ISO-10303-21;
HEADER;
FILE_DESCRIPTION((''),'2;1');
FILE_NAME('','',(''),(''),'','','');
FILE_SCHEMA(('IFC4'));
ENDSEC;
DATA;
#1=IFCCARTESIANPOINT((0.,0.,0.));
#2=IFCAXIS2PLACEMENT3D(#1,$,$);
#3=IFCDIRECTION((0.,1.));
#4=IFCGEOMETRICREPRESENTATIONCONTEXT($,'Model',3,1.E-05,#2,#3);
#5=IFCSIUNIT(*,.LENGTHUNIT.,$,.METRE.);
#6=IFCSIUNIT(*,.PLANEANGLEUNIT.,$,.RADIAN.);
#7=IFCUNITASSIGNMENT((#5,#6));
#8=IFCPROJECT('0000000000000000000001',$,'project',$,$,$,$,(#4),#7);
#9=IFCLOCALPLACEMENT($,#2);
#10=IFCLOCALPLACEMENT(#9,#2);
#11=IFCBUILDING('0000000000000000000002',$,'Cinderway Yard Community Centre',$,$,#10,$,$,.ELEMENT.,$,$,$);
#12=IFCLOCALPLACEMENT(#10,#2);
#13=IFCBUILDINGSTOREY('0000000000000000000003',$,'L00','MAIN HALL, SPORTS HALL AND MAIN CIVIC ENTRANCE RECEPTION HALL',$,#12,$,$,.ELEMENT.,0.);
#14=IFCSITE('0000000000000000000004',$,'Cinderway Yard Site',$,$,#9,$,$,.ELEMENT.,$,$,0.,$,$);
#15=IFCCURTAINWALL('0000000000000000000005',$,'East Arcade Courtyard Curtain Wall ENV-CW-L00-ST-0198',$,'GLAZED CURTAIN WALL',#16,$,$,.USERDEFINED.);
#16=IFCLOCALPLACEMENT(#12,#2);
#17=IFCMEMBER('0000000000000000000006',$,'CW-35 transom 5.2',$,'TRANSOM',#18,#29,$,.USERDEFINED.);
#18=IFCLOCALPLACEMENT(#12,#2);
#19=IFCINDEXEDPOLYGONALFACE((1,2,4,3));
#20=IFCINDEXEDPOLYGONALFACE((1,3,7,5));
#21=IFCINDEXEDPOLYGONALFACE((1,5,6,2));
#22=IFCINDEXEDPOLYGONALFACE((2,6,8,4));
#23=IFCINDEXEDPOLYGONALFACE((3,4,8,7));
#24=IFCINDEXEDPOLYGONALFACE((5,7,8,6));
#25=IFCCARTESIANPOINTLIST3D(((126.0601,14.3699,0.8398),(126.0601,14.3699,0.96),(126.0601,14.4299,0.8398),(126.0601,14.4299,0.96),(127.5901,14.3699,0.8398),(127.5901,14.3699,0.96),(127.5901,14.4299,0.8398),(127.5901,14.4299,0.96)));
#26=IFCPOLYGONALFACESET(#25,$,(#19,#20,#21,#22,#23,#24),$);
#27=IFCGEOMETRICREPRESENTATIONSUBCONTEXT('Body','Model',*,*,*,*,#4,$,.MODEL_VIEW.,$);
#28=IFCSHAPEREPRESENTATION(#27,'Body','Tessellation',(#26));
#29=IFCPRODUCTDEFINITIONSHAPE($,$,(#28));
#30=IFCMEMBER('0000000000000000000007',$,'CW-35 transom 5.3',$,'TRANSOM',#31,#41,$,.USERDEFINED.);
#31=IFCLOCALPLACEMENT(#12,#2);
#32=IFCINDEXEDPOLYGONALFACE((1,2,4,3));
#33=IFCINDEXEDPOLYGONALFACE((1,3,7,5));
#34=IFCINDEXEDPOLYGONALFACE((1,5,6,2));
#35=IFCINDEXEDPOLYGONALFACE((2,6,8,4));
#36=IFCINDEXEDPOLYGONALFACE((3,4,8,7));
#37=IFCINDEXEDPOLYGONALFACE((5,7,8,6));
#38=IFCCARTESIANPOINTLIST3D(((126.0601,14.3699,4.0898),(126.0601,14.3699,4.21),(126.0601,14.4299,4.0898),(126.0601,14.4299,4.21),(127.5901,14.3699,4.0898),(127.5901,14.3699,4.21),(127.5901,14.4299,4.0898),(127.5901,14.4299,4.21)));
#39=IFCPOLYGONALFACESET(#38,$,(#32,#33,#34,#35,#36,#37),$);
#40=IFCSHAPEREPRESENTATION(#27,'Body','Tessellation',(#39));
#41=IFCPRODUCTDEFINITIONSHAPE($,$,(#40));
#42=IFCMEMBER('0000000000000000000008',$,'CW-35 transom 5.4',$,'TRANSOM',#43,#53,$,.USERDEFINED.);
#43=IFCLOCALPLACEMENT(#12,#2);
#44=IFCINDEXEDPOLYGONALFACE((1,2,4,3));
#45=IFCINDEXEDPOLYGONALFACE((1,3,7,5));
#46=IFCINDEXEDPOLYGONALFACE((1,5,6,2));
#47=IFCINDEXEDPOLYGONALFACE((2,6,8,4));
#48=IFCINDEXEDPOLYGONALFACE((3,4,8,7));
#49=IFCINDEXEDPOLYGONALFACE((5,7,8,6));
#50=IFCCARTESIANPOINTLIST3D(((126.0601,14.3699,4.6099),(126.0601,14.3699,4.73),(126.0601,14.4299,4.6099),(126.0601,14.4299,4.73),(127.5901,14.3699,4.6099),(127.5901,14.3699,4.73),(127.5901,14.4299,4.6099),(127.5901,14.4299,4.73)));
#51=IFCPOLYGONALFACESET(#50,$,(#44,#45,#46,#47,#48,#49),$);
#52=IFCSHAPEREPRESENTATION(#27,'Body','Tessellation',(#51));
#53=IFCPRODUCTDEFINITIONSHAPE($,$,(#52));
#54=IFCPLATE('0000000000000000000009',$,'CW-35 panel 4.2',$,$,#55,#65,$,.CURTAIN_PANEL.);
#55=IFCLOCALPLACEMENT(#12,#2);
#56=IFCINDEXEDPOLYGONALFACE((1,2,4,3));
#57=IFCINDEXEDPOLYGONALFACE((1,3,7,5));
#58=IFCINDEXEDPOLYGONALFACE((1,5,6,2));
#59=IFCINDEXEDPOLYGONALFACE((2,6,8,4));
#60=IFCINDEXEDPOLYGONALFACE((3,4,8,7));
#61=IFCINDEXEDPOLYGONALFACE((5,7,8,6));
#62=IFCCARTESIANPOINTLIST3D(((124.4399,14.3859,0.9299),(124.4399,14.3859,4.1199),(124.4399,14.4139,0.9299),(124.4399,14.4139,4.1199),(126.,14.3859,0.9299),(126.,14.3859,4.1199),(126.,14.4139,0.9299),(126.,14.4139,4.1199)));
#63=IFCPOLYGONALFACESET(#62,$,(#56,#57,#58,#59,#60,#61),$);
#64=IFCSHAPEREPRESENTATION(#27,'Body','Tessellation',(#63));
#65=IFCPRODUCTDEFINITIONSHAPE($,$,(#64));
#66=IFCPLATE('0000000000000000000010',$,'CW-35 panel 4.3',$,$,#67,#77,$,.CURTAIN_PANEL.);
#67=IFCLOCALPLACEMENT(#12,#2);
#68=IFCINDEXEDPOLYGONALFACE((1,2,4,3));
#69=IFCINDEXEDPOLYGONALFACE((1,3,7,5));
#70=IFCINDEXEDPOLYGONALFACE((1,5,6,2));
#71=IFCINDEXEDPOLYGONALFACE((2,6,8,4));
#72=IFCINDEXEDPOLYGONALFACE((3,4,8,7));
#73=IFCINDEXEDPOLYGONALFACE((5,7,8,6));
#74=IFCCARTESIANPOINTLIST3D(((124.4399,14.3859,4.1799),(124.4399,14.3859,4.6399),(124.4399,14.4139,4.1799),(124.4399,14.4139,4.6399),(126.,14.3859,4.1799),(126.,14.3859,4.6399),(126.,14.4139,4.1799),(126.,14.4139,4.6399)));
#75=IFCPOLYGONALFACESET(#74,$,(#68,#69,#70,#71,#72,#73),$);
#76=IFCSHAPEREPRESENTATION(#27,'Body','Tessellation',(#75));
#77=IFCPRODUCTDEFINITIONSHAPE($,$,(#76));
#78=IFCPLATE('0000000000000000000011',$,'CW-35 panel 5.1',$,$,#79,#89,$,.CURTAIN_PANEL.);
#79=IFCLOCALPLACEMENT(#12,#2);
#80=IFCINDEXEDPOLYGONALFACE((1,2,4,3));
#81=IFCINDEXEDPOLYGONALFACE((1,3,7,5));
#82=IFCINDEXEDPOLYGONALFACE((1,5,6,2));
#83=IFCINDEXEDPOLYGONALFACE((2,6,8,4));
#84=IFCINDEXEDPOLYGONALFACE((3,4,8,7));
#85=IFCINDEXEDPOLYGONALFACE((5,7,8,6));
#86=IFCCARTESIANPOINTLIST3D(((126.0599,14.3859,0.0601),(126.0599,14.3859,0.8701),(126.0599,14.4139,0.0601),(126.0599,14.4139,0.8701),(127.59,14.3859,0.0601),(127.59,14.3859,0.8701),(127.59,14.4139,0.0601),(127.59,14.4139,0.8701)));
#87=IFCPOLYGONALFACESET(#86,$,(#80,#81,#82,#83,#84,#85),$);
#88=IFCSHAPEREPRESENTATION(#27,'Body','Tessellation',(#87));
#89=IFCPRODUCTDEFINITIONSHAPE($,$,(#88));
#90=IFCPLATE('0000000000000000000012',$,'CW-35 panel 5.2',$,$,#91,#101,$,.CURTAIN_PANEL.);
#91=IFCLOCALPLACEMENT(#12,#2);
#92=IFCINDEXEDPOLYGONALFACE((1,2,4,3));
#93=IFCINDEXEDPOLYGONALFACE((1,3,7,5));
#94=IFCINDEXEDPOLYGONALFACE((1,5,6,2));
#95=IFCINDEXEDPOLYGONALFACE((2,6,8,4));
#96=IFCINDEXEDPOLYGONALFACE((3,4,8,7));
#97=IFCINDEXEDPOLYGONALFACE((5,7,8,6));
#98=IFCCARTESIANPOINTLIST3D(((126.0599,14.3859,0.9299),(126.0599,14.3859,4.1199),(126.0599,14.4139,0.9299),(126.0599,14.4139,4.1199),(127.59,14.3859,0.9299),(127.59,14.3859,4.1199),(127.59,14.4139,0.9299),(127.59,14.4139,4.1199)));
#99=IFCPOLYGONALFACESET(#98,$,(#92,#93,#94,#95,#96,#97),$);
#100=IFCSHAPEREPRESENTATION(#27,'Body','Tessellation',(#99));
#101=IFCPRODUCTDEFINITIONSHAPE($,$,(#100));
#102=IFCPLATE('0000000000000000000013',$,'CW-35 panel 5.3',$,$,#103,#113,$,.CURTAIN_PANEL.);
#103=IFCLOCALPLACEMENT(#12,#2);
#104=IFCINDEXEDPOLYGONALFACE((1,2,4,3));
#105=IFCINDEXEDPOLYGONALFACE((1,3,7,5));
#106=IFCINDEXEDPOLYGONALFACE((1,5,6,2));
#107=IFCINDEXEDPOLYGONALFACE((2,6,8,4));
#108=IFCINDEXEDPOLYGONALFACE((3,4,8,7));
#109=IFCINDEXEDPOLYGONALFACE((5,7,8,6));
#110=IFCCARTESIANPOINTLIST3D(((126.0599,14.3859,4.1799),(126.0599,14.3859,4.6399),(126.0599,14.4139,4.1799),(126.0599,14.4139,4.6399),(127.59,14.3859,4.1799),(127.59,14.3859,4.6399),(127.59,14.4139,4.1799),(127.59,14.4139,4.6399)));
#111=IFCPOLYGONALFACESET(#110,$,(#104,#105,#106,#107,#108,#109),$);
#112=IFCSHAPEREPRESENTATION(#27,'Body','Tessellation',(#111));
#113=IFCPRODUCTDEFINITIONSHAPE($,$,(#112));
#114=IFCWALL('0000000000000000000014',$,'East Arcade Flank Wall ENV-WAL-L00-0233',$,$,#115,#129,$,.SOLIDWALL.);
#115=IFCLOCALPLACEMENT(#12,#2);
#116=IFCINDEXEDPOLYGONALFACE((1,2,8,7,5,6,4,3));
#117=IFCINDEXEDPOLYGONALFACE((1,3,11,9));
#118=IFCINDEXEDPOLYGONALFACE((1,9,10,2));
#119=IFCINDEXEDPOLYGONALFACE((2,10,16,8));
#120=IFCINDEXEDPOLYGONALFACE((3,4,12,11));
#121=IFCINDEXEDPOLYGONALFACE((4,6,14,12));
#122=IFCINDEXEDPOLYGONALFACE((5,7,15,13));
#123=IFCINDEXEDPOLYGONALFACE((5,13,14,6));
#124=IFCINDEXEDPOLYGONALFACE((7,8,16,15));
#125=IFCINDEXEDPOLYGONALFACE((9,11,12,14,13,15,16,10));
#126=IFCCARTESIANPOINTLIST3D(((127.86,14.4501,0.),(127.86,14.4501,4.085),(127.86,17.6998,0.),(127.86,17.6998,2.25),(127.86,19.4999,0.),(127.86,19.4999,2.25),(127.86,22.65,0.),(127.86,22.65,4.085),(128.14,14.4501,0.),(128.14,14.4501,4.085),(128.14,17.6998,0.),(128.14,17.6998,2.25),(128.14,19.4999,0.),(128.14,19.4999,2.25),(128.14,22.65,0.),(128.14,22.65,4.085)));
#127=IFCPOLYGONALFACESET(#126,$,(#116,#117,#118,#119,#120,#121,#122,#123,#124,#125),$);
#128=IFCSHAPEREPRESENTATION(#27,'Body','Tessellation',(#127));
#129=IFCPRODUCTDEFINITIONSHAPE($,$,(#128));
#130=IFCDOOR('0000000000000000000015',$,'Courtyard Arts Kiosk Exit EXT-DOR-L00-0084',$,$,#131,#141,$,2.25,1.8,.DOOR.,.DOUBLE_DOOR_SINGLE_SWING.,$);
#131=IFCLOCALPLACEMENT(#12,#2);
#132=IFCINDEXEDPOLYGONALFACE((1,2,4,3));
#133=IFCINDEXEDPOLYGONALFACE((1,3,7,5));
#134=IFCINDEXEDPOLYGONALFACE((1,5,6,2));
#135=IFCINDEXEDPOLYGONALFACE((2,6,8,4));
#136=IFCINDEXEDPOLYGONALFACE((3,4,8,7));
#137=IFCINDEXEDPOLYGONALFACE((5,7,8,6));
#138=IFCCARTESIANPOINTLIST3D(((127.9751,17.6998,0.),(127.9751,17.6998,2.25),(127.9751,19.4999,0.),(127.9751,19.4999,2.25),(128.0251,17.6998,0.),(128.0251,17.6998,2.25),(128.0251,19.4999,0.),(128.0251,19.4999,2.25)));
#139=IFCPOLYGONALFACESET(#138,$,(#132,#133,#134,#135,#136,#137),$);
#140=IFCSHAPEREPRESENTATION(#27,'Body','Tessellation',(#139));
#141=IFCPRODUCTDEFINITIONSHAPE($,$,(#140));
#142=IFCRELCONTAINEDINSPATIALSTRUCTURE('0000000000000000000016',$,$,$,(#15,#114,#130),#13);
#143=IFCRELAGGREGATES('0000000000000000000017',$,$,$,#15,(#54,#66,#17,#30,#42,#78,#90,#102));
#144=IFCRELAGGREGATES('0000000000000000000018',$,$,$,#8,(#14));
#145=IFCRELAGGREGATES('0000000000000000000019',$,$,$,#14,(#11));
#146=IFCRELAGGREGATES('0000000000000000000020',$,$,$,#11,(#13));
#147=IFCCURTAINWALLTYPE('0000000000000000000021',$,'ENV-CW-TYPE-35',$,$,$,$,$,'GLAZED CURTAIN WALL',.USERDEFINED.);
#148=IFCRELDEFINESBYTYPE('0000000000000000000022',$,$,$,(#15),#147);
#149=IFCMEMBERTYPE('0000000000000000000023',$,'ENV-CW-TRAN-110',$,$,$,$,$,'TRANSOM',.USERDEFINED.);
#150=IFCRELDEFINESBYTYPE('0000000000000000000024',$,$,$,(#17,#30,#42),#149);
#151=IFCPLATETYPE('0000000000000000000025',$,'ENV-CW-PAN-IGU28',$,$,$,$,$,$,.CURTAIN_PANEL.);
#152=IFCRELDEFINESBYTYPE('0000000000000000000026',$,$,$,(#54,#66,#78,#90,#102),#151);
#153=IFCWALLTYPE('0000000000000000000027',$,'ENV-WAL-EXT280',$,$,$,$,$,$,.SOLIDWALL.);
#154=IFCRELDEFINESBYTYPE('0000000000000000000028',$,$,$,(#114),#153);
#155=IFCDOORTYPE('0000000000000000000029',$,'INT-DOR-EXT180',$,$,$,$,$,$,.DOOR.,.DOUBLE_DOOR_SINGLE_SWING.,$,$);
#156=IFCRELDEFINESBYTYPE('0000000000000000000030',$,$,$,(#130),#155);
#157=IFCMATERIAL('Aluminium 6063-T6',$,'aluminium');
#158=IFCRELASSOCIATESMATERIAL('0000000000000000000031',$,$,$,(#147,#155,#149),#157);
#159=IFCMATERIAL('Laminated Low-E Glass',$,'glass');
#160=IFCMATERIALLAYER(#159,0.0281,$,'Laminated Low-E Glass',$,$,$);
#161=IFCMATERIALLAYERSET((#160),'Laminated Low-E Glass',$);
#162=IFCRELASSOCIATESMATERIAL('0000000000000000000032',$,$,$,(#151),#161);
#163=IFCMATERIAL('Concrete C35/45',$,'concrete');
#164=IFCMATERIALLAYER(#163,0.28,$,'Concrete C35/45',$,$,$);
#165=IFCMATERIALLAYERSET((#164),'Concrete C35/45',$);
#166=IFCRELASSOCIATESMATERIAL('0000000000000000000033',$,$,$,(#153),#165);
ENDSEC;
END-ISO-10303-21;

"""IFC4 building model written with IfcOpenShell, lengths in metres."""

from ifc_helpers import new_model, si_unit, direction, frame, frame_2d, origin, origin_2d, place, context, subcontext, project, spatial, rectangle, extrude, material, layer, layer_set, material_profile, profile_set, type_object, element, fill, aggregate, save


model = new_model("IFC4")

# Units and contexts
model_context = context("Model", 3, precision=1e-05, world=origin(), true_north=direction((0.0, 1.0)))
body_context = subcontext(model_context, "Body", "Model", "MODEL_VIEW")
ifc_project = project(units=[si_unit("LENGTHUNIT", "METRE"), si_unit("PLANEANGLEUNIT", "RADIAN")], contexts=[model_context])

# Site, building, storey
site_placement = place(None, origin())
site = spatial("IfcSite", under=ifc_project, at=site_placement, Name="Cinderway Yard Site", CompositionType="ELEMENT", RefElevation=0.0)
building_placement = place(site_placement, origin())
building = spatial("IfcBuilding", under=site, at=building_placement, Name="Cinderway Yard Community Centre", CompositionType="ELEMENT")
storey_placement = place(building_placement, origin())
storey = spatial("IfcBuildingStorey", under=building, at=storey_placement, Name="L00", Description="MAIN HALL, SPORTS HALL AND MAIN CIVIC ENTRANCE RECEPTION HALL", CompositionType="ELEMENT", Elevation=0.0)

# Curtain wall
ifc_material_1 = material(Name="Aluminium 6063-T6", Category="aluminium")
curtain_wall_type = type_object("IfcCurtainWallType", Name="ENV-CW-TYPE-35", ElementType="GLAZED CURTAIN WALL", PredefinedType="USERDEFINED", material=ifc_material_1)
curtain_wall_1_placement = place(storey_placement, origin())
curtain_wall_1 = element("IfcCurtainWall", 1, at=curtain_wall_1_placement, inside=storey, type_object=curtain_wall_type, Name="East Arcade Courtyard Curtain Wall ENV-CW-L00-ST-0198", ObjectType="GLAZED CURTAIN WALL", PredefinedType="USERDEFINED")

# Members
ifc_material_profile_1 = material_profile(ifc_material_1, rectangle(XDim=0.0601, YDim=0.1201, at=origin_2d()), Name="Aluminium 6063-T6")
ifc_profile_set_1 = profile_set([ifc_material_profile_1], Name="Aluminium 6063-T6")
member_type_1 = type_object("IfcMemberType", Name="ENV-CW-TRAN-110", ElementType="TRANSOM", PredefinedType="USERDEFINED", material=ifc_profile_set_1)
member_1_placement = place(storey_placement, frame((126.0601, 14.3999, 0.8999), z_axis=(1.0, 0.0, 0.0), x_axis=(0.0, 1.0, 0.0)))
member_1 = element("IfcMember", 2, at=member_1_placement, type_object=member_type_1, Name="CW-35 transom 5.2", ObjectType="TRANSOM", PredefinedType="USERDEFINED", context=body_context, shape_type="SweptSolid", body=[
    extrude(rectangle(XDim=0.0601, YDim=0.1201, at=origin_2d()), origin(), (0.0, 0.0, 1.0), 1.53),
])
member_2_placement = place(storey_placement, frame((126.0601, 14.3999, 4.1499), z_axis=(1.0, 0.0, 0.0), x_axis=(0.0, 1.0, 0.0)))
member_2 = element("IfcMember", 3, at=member_2_placement, type_object=member_type_1, Name="CW-35 transom 5.3", ObjectType="TRANSOM", PredefinedType="USERDEFINED", context=body_context, shape_type="SweptSolid", body=[
    extrude(rectangle(XDim=0.0601, YDim=0.1201, at=origin_2d()), origin(), (0.0, 0.0, 1.0), 1.53),
])
member_3_placement = place(storey_placement, frame((126.0601, 14.3999, 4.6699), z_axis=(1.0, 0.0, 0.0), x_axis=(0.0, 1.0, 0.0)))
member_3 = element("IfcMember", 4, at=member_3_placement, type_object=member_type_1, Name="CW-35 transom 5.4", ObjectType="TRANSOM", PredefinedType="USERDEFINED", context=body_context, shape_type="SweptSolid", body=[
    extrude(rectangle(XDim=0.0601, YDim=0.1201, at=origin_2d()), origin(), (0.0, 0.0, 1.0), 1.53),
])

# Plates
ifc_material_2 = material(Name="Laminated Low-E Glass", Category="glass")
ifc_layer_1 = layer(ifc_material_2, 0.0281, Name="Laminated Low-E Glass")
ifc_layer_set_1 = layer_set([ifc_layer_1], Name="Laminated Low-E Glass")
plate_type = type_object("IfcPlateType", Name="ENV-CW-PAN-IGU28", PredefinedType="CURTAIN_PANEL", material=ifc_layer_set_1)
plate_1_placement = place(storey_placement, frame((125.22, 14.3999, 0.9299), z_axis=(0.0, 0.0, 1.0), x_axis=(1.0, 0.0, 0.0)))
plate_1 = element("IfcPlate", 5, at=plate_1_placement, type_object=plate_type, Name="CW-35 panel 4.2", PredefinedType="CURTAIN_PANEL", context=body_context, shape_type="SweptSolid", body=[
    extrude(rectangle(XDim=1.5601, YDim=0.0281, at=origin_2d()), origin(), (0.0, 0.0, 1.0), 3.1899),
])
plate_2_placement = place(storey_placement, frame((125.22, 14.3999, 4.1799), z_axis=(0.0, 0.0, 1.0), x_axis=(1.0, 0.0, 0.0)))
plate_2 = element("IfcPlate", 6, at=plate_2_placement, type_object=plate_type, Name="CW-35 panel 4.3", PredefinedType="CURTAIN_PANEL", context=body_context, shape_type="SweptSolid", body=[
    extrude(rectangle(XDim=1.5601, YDim=0.0281, at=origin_2d()), origin(), (0.0, 0.0, 1.0), 0.46),
])
plate_3_placement = place(storey_placement, frame((126.825, 14.3999, 0.0601), z_axis=(0.0, 0.0, 1.0), x_axis=(1.0, 0.0, 0.0)))
plate_3 = element("IfcPlate", 7, at=plate_3_placement, type_object=plate_type, Name="CW-35 panel 5.1", PredefinedType="CURTAIN_PANEL", context=body_context, shape_type="SweptSolid", body=[
    extrude(rectangle(XDim=1.53, YDim=0.0281, at=origin_2d()), origin(), (0.0, 0.0, 1.0), 0.8101),
])
plate_4_placement = place(storey_placement, frame((126.825, 14.3999, 0.9299), z_axis=(0.0, 0.0, 1.0), x_axis=(1.0, 0.0, 0.0)))
plate_4 = element("IfcPlate", 8, at=plate_4_placement, type_object=plate_type, Name="CW-35 panel 5.2", PredefinedType="CURTAIN_PANEL", context=body_context, shape_type="SweptSolid", body=[
    extrude(rectangle(XDim=1.53, YDim=0.0281, at=origin_2d()), origin(), (0.0, 0.0, 1.0), 3.1899),
])
plate_5_placement = place(storey_placement, frame((126.825, 14.3999, 4.1799), z_axis=(0.0, 0.0, 1.0), x_axis=(1.0, 0.0, 0.0)))
plate_5 = element("IfcPlate", 9, at=plate_5_placement, type_object=plate_type, Name="CW-35 panel 5.3", PredefinedType="CURTAIN_PANEL", context=body_context, shape_type="SweptSolid", body=[
    extrude(rectangle(XDim=1.53, YDim=0.0281, at=origin_2d()), origin(), (0.0, 0.0, 1.0), 0.46),
])
aggregate(curtain_wall_1, [plate_1, plate_2, member_1, member_2, member_3, plate_3, plate_4, plate_5])

# Wall, opening, door
ifc_material_3 = material(Name="Concrete C35/45", Category="concrete")
ifc_layer_2 = layer(ifc_material_3, 0.28, Name="Concrete C35/45")
ifc_layer_set_2 = layer_set([ifc_layer_2], Name="Concrete C35/45")
wall_type = type_object("IfcWallType", Name="ENV-WAL-EXT280", PredefinedType="SOLIDWALL", material=ifc_layer_set_2)
wall_placement = place(storey_placement, frame((128.0, 14.45, 0.0), z_axis=(0.0, 0.0, 1.0), x_axis=(0.0, 1.0, 0.0)))
wall = element("IfcWall", 10, at=wall_placement, inside=storey, type_object=wall_type, Name="East Arcade Flank Wall ENV-WAL-L00-0233", PredefinedType="SOLIDWALL", context=body_context, shape_type="SweptSolid", body=[
    extrude(rectangle(XDim=8.2, YDim=0.28, at=frame_2d((4.1001, 0.0))), origin(), (0.0, 0.0, 1.0), 4.085),
])
opening_placement = place(wall_placement, frame((3.25, 0.0, 0.0)))
opening = element("IfcOpeningElement", 11, at=opening_placement, cuts=wall, PredefinedType="OPENING", context=body_context, shape_type="SweptSolid", body=[
    extrude(rectangle(XDim=1.8, YDim=2.25, at=frame_2d((0.8999, 1.125))), frame((0.0, 0.1499, 0.0), z_axis=(0.0, -1.0, 0.0), x_axis=(1.0, 0.0, 0.0)), (0.0, 0.0, 1.0), 0.3),
])
door_type = type_object("IfcDoorType", Name="INT-DOR-EXT180", OperationType="DOUBLE_DOOR_SINGLE_SWING", PredefinedType="DOOR", material=ifc_material_1)
door_placement = place(opening_placement, origin())
door = element("IfcDoor", 12, at=door_placement, inside=storey, type_object=door_type, Name="Courtyard Arts Kiosk Exit EXT-DOR-L00-0084", OperationType="DOUBLE_DOOR_SINGLE_SWING", OverallHeight=2.25, OverallWidth=1.8, PredefinedType="DOOR", context=body_context, shape_type="SweptSolid", body=[
    extrude(rectangle(XDim=1.8, YDim=2.25, at=frame_2d((0.8999, 1.125))), frame((0.0, 0.0249, 0.0), z_axis=(0.0, -1.0, 0.0), x_axis=(1.0, 0.0, 0.0)), (0.0, 0.0, 1.0), 0.05),
])
fill(opening, door)

save(model, "model.ifc")
